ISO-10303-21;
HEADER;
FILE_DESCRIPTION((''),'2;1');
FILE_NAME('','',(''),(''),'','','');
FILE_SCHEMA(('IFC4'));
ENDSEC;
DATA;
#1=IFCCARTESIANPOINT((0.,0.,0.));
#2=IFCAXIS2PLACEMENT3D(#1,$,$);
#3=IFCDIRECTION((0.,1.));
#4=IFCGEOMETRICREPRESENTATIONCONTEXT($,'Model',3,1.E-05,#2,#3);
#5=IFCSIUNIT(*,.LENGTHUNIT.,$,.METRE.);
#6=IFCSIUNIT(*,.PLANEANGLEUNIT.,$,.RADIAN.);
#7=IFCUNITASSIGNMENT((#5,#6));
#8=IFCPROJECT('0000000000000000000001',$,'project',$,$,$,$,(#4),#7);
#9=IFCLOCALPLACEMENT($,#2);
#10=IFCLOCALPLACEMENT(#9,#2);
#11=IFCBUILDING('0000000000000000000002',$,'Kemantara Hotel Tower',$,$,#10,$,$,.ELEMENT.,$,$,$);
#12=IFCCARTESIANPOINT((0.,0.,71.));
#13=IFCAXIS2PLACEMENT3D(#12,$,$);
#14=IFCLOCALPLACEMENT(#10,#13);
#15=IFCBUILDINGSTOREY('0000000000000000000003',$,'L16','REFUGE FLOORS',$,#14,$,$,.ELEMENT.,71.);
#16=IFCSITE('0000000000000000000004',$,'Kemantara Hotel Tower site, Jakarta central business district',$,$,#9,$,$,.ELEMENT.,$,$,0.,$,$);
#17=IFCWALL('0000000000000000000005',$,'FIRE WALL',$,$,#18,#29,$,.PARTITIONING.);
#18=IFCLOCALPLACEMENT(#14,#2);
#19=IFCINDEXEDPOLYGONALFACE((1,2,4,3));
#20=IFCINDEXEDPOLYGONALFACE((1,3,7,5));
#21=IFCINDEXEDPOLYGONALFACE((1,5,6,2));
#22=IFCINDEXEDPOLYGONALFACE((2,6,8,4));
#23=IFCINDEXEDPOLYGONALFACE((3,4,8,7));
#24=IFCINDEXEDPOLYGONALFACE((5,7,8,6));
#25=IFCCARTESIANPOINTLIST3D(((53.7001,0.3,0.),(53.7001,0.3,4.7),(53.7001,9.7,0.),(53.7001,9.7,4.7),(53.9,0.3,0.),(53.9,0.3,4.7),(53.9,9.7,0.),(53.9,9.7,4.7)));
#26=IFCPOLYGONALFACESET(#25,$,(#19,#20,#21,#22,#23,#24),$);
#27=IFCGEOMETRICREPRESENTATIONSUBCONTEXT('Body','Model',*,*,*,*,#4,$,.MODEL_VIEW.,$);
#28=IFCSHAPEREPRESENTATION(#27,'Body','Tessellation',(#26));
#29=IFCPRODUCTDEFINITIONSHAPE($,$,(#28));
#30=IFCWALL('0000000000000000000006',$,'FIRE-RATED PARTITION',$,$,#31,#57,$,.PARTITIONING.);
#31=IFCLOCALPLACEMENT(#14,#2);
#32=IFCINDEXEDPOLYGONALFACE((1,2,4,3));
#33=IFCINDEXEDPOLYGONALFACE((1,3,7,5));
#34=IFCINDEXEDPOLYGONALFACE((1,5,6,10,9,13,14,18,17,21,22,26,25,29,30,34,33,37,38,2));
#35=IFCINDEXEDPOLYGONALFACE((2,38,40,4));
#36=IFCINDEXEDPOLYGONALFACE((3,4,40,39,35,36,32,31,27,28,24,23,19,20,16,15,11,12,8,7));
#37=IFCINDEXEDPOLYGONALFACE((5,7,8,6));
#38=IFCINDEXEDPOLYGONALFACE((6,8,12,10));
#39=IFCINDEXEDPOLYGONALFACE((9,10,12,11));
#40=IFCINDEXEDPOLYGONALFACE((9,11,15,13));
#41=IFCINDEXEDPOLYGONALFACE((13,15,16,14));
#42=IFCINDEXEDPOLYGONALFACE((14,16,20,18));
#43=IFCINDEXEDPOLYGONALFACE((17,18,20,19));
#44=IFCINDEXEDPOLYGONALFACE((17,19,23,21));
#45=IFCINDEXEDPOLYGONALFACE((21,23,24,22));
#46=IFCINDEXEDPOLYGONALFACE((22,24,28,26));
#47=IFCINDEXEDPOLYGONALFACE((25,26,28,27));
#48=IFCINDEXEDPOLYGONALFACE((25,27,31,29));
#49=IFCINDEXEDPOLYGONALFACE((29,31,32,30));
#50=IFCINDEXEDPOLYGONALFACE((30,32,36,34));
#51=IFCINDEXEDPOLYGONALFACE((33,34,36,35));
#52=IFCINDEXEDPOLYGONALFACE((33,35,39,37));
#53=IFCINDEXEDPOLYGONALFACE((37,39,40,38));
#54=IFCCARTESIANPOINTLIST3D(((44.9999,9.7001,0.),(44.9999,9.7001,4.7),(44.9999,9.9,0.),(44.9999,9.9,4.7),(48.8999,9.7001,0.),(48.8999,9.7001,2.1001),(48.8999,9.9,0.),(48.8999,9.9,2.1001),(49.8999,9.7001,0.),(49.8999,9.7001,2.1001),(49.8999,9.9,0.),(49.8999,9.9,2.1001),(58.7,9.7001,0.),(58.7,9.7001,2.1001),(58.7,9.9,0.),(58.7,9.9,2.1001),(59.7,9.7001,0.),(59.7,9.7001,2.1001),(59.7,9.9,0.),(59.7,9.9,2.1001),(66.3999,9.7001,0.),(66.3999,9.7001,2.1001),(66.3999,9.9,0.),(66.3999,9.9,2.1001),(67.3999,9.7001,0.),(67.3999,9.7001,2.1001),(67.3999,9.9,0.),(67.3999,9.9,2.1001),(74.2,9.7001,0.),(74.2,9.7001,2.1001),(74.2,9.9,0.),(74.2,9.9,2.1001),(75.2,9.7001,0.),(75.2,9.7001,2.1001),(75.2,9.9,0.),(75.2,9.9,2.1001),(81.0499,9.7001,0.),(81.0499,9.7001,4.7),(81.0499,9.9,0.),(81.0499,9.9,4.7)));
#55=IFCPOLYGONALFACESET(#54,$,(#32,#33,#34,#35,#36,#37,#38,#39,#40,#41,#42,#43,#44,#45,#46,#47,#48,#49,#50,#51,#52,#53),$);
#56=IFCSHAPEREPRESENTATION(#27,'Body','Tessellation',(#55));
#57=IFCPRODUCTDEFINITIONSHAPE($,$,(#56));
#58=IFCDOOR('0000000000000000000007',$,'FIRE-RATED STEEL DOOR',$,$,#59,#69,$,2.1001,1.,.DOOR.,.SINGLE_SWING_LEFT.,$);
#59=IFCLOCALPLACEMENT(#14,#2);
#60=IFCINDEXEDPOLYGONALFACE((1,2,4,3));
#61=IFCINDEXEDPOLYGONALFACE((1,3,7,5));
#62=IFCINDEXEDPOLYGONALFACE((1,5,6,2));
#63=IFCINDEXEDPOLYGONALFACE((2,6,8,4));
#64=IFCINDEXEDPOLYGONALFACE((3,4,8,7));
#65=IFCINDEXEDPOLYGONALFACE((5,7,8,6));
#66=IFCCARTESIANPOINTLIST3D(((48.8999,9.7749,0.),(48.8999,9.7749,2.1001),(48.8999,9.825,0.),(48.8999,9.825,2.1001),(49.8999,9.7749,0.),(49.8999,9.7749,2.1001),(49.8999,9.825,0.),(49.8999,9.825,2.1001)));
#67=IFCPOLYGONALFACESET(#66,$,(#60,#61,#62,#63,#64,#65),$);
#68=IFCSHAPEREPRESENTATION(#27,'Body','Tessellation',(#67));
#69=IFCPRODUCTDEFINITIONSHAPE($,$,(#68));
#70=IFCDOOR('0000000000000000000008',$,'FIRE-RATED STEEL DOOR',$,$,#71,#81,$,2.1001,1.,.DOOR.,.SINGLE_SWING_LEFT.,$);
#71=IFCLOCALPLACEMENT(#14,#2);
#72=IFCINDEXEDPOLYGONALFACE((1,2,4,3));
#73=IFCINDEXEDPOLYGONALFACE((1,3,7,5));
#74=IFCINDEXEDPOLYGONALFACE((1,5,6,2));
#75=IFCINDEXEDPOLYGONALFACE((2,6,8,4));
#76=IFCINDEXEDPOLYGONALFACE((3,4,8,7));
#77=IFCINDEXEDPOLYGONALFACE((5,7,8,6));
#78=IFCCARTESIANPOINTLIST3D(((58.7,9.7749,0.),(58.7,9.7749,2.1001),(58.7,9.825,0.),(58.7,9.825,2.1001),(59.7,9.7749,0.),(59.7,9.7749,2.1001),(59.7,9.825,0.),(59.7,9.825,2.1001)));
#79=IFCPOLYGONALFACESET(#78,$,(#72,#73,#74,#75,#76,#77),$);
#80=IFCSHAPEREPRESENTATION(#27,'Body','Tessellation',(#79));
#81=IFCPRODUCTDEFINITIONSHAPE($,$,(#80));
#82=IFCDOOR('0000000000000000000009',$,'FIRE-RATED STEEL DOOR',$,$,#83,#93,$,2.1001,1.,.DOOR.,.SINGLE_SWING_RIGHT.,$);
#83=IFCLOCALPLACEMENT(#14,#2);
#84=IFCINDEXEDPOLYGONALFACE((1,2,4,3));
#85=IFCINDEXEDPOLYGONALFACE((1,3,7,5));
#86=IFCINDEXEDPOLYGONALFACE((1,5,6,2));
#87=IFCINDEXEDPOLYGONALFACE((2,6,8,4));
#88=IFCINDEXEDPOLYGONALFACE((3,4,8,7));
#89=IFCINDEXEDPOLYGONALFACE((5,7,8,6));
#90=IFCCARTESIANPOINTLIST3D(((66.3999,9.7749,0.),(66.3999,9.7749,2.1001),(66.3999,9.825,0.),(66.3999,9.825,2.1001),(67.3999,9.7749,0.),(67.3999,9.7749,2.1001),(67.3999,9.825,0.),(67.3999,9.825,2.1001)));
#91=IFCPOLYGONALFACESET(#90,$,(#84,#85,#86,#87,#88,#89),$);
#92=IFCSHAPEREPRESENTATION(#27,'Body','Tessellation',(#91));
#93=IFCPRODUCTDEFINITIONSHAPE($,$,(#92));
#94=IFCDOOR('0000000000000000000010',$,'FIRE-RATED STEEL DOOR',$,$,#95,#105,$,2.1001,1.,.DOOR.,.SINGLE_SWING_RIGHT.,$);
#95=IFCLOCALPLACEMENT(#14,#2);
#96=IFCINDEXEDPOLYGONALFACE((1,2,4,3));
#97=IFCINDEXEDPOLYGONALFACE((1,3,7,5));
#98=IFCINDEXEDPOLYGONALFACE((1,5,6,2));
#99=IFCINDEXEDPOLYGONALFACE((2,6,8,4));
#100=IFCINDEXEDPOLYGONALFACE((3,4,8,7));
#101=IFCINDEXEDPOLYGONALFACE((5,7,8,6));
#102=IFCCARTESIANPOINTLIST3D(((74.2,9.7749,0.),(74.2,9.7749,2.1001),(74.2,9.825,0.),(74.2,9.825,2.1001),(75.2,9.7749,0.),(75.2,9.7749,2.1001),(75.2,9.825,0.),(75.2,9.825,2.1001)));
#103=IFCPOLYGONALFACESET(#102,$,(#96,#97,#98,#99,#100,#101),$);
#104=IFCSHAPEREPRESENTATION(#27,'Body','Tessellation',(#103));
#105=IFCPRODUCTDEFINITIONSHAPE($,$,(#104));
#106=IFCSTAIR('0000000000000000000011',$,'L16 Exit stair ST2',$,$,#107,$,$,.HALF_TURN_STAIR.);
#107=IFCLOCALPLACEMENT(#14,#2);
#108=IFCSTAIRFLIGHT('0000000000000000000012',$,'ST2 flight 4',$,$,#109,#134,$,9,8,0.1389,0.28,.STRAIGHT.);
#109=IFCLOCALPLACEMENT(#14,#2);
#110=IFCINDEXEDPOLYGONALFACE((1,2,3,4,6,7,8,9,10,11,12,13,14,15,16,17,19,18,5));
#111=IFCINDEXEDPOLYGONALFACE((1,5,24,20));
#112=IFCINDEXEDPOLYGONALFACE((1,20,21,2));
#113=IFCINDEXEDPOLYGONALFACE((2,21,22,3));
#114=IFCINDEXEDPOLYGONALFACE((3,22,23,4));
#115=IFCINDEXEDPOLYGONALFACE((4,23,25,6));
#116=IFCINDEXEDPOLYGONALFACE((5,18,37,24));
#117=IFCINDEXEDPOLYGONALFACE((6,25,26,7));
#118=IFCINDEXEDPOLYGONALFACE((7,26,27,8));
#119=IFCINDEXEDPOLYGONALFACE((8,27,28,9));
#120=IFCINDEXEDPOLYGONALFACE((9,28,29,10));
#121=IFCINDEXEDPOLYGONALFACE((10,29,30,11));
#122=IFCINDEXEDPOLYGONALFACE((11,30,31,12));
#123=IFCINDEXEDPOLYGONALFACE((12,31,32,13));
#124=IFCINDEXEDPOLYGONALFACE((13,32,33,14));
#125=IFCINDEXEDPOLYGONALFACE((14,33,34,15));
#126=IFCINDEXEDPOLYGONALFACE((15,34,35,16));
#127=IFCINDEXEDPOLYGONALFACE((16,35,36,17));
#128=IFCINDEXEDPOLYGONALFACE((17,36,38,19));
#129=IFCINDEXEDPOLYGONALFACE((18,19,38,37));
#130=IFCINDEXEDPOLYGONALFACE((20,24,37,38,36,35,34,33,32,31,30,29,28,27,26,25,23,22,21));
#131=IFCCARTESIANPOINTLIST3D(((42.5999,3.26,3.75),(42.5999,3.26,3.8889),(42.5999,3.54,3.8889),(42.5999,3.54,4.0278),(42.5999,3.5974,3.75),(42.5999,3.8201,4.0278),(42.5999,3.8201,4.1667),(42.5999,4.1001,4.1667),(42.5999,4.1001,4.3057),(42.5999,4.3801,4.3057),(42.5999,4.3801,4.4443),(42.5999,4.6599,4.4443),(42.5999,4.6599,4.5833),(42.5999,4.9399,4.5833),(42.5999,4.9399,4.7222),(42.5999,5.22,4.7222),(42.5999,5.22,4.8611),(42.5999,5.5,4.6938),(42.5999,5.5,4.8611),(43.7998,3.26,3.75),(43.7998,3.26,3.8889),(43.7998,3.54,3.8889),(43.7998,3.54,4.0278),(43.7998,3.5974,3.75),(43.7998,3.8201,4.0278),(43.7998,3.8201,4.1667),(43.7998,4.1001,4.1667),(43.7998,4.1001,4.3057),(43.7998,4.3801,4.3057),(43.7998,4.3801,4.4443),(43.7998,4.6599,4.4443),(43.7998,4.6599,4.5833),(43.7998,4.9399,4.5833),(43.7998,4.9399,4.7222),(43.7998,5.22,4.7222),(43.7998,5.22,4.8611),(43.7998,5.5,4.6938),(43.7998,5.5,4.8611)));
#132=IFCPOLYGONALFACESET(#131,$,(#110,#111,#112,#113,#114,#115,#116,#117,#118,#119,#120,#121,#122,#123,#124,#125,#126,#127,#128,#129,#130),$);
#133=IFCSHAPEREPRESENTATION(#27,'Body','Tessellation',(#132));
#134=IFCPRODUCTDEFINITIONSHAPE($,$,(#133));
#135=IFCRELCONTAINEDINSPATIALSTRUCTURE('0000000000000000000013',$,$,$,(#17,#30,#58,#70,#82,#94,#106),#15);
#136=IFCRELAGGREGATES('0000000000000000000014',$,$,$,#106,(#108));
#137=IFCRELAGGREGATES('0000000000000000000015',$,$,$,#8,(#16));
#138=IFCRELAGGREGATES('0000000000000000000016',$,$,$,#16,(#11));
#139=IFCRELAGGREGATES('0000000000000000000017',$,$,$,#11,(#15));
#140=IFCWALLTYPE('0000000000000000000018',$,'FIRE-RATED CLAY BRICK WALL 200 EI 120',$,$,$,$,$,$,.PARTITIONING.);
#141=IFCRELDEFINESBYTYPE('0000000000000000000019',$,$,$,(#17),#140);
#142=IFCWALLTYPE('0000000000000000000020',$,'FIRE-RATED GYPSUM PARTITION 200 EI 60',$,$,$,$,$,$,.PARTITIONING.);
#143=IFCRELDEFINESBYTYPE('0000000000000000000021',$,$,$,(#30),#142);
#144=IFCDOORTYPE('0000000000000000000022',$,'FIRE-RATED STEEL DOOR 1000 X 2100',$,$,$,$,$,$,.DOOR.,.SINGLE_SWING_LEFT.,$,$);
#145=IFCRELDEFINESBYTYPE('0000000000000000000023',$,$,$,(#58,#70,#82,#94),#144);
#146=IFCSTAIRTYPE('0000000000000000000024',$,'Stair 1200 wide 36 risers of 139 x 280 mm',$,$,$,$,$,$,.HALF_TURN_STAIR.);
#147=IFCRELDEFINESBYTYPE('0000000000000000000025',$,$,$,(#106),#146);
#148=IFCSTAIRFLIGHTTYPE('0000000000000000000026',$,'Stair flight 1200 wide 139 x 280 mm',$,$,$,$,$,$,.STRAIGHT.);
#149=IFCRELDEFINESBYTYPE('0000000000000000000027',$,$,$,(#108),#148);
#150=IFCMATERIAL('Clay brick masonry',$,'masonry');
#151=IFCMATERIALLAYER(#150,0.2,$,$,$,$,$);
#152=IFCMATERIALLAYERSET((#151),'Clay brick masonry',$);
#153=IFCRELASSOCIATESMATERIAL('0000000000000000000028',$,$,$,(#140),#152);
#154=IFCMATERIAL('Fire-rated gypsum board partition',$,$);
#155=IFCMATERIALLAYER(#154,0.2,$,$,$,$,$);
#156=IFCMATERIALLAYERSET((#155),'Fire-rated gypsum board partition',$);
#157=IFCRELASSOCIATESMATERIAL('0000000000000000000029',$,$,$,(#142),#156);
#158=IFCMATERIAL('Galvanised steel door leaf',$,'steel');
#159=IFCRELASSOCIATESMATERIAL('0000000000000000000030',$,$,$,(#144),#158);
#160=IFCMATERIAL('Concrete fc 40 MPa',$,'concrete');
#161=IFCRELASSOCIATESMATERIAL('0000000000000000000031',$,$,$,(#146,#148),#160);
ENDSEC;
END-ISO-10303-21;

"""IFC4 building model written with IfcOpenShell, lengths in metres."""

from ifc_helpers import new_model, si_unit, direction, frame, frame_2d, origin, place, context, subcontext, project, spatial, polyline, rectangle, outline, extrude, material, layer, layer_set, type_object, element, fill, aggregate, save


model = new_model("IFC4")

# Units and contexts
model_context = context("Model", 3, precision=1e-05, world=origin(), true_north=direction((0.0, 1.0)))
body_context = subcontext(model_context, "Body", "Model", "MODEL_VIEW")
ifc_project = project(units=[si_unit("LENGTHUNIT", "METRE"), si_unit("PLANEANGLEUNIT", "RADIAN")], contexts=[model_context])

# Site, building, storey
site_placement = place(None, origin())
site = spatial("IfcSite", under=ifc_project, at=site_placement, Name="Kemantara Hotel Tower site, Jakarta central business district", CompositionType="ELEMENT", RefElevation=0.0)
building_placement = place(site_placement, origin())
building = spatial("IfcBuilding", under=site, at=building_placement, Name="Kemantara Hotel Tower", CompositionType="ELEMENT")
storey_placement = place(building_placement, frame((0.0, 0.0, 71.0)))
storey = spatial("IfcBuildingStorey", under=building, at=storey_placement, Name="L16", Description="REFUGE FLOORS", CompositionType="ELEMENT", Elevation=71.0)

# Wall
ifc_material_1 = material(Name="Clay brick masonry", Category="masonry")
ifc_layer_1 = layer(ifc_material_1, 0.2)
ifc_layer_set_1 = layer_set([ifc_layer_1], Name="Clay brick masonry")
wall_type_1 = type_object("IfcWallType", Name="FIRE-RATED CLAY BRICK WALL 200 EI 120", PredefinedType="PARTITIONING", material=ifc_layer_set_1)
wall_1_placement = place(storey_placement, frame((53.8, 0.3, 0.0), z_axis=(0.0, 0.0, 1.0), x_axis=(0.0, 1.0, 0.0)))
element("IfcWall", 1, at=wall_1_placement, inside=storey, type_object=wall_type_1, Name="FIRE WALL", PredefinedType="PARTITIONING", context=body_context, shape_type="SweptSolid", body=[
    extrude(rectangle(XDim=9.3999, YDim=0.2, at=frame_2d((4.7, 0.0))), origin(), (0.0, 0.0, 1.0), 4.7),
])

# Wall, openings, doors
ifc_material_2 = material(Name="Fire-rated gypsum board partition")
ifc_layer_2 = layer(ifc_material_2, 0.2)
ifc_layer_set_2 = layer_set([ifc_layer_2], Name="Fire-rated gypsum board partition")
wall_type_2 = type_object("IfcWallType", Name="FIRE-RATED GYPSUM PARTITION 200 EI 60", PredefinedType="PARTITIONING", material=ifc_layer_set_2)
wall_2_placement = place(storey_placement, frame((45.0, 9.8, 0.0), z_axis=(0.0, 0.0, 1.0), x_axis=(1.0, 0.0, 0.0)))
wall_2 = element("IfcWall", 2, at=wall_2_placement, inside=storey, type_object=wall_type_2, Name="FIRE-RATED PARTITION", PredefinedType="PARTITIONING", context=body_context, shape_type="SweptSolid", body=[
    extrude(rectangle(XDim=36.05, YDim=0.2, at=frame_2d((18.0249, 0.0))), origin(), (0.0, 0.0, 1.0), 4.7),
])
opening_1_placement = place(wall_2_placement, frame((3.8999, 0.0, 0.0)))
opening_1 = element("IfcOpeningElement", 3, at=opening_1_placement, cuts=wall_2, PredefinedType="OPENING", context=body_context, shape_type="SweptSolid", body=[
    extrude(rectangle(XDim=1.0, YDim=2.1001, at=frame_2d((0.5, 1.05))), frame((0.0, 0.1099, 0.0), z_axis=(0.0, -1.0, 0.0), x_axis=(1.0, 0.0, 0.0)), (0.0, 0.0, 1.0), 0.22),
])
opening_2_placement = place(wall_2_placement, frame((13.7, 0.0, 0.0)))
opening_2 = element("IfcOpeningElement", 4, at=opening_2_placement, cuts=wall_2, PredefinedType="OPENING", context=body_context, shape_type="SweptSolid", body=[
    extrude(rectangle(XDim=1.0, YDim=2.1001, at=frame_2d((0.5, 1.05))), frame((0.0, 0.1099, 0.0), z_axis=(0.0, -1.0, 0.0), x_axis=(1.0, 0.0, 0.0)), (0.0, 0.0, 1.0), 0.22),
])
opening_3_placement = place(wall_2_placement, frame((21.3999, 0.0, 0.0)))
opening_3 = element("IfcOpeningElement", 5, at=opening_3_placement, cuts=wall_2, PredefinedType="OPENING", context=body_context, shape_type="SweptSolid", body=[
    extrude(rectangle(XDim=1.0, YDim=2.1001, at=frame_2d((0.5, 1.05))), frame((0.0, 0.1099, 0.0), z_axis=(0.0, -1.0, 0.0), x_axis=(1.0, 0.0, 0.0)), (0.0, 0.0, 1.0), 0.22),
])
opening_4_placement = place(wall_2_placement, frame((29.2, 0.0, 0.0)))
opening_4 = element("IfcOpeningElement", 6, at=opening_4_placement, cuts=wall_2, PredefinedType="OPENING", context=body_context, shape_type="SweptSolid", body=[
    extrude(rectangle(XDim=1.0, YDim=2.1001, at=frame_2d((0.5, 1.05))), frame((0.0, 0.1099, 0.0), z_axis=(0.0, -1.0, 0.0), x_axis=(1.0, 0.0, 0.0)), (0.0, 0.0, 1.0), 0.22),
])
ifc_material_3 = material(Name="Galvanised steel door leaf", Category="steel")
door_type = type_object("IfcDoorType", Name="FIRE-RATED STEEL DOOR 1000 X 2100", OperationType="SINGLE_SWING_LEFT", PredefinedType="DOOR", material=ifc_material_3)
door_1_placement = place(opening_1_placement, origin())
door_1 = element("IfcDoor", 7, at=door_1_placement, inside=storey, type_object=door_type, Name="FIRE-RATED STEEL DOOR", OperationType="SINGLE_SWING_LEFT", OverallHeight=2.1001, OverallWidth=1.0, PredefinedType="DOOR", context=body_context, shape_type="SweptSolid", body=[
    extrude(rectangle(XDim=1.0, YDim=2.1001, at=frame_2d((0.5, 1.05))), frame((0.0, 0.0249, 0.0), z_axis=(0.0, -1.0, 0.0), x_axis=(1.0, 0.0, 0.0)), (0.0, 0.0, 1.0), 0.05),
])
fill(opening_1, door_1)
door_2_placement = place(opening_2_placement, origin())
door_2 = element("IfcDoor", 8, at=door_2_placement, inside=storey, type_object=door_type, Name="FIRE-RATED STEEL DOOR", OperationType="SINGLE_SWING_LEFT", OverallHeight=2.1001, OverallWidth=1.0, PredefinedType="DOOR", context=body_context, shape_type="SweptSolid", body=[
    extrude(rectangle(XDim=1.0, YDim=2.1001, at=frame_2d((0.5, 1.05))), frame((0.0, 0.0249, 0.0), z_axis=(0.0, -1.0, 0.0), x_axis=(1.0, 0.0, 0.0)), (0.0, 0.0, 1.0), 0.05),
])
fill(opening_2, door_2)
door_3_placement = place(opening_3_placement, origin())
door_3 = element("IfcDoor", 9, at=door_3_placement, inside=storey, type_object=door_type, Name="FIRE-RATED STEEL DOOR", OperationType="SINGLE_SWING_RIGHT", OverallHeight=2.1001, OverallWidth=1.0, PredefinedType="DOOR", context=body_context, shape_type="SweptSolid", body=[
    extrude(rectangle(XDim=1.0, YDim=2.1001, at=frame_2d((0.5, 1.05))), frame((0.0, 0.0249, 0.0), z_axis=(0.0, -1.0, 0.0), x_axis=(1.0, 0.0, 0.0)), (0.0, 0.0, 1.0), 0.05),
])
fill(opening_3, door_3)
door_4_placement = place(opening_4_placement, origin())
door_4 = element("IfcDoor", 10, at=door_4_placement, inside=storey, type_object=door_type, Name="FIRE-RATED STEEL DOOR", OperationType="SINGLE_SWING_RIGHT", OverallHeight=2.1001, OverallWidth=1.0, PredefinedType="DOOR", context=body_context, shape_type="SweptSolid", body=[
    extrude(rectangle(XDim=1.0, YDim=2.1001, at=frame_2d((0.5, 1.05))), frame((0.0, 0.0249, 0.0), z_axis=(0.0, -1.0, 0.0), x_axis=(1.0, 0.0, 0.0)), (0.0, 0.0, 1.0), 0.05),
])
fill(opening_4, door_4)

# Stair, stair flight
ifc_material_4 = material(Name="Concrete fc 40 MPa", Category="concrete")
stair_type = type_object("IfcStairType", Name="Stair 1200 wide 36 risers of 139 x 280 mm", PredefinedType="HALF_TURN_STAIR", material=ifc_material_4)
stair_placement = place(storey_placement, origin())
stair = element("IfcStair", 11, at=stair_placement, inside=storey, type_object=stair_type, Name="L16 Exit stair ST2", PredefinedType="HALF_TURN_STAIR")
stair_flight_type = type_object("IfcStairFlightType", Name="Stair flight 1200 wide 139 x 280 mm", PredefinedType="STRAIGHT", material=ifc_material_4)
stair_flight_placement = place(storey_placement, frame((43.2, 3.26, 3.75), z_axis=(0.0, 0.0, 1.0), x_axis=(0.0, 1.0, 0.0)))
stair_flight = element("IfcStairFlight", 12, at=stair_flight_placement, type_object=stair_flight_type, Name="ST2 flight 4", NumberOfRisers=9, NumberOfTreads=8, PredefinedType="STRAIGHT", RiserHeight=0.1389, TreadLength=0.28, context=body_context, shape_type="SweptSolid", body=[
    extrude(outline(polyline([(0.0, 0.0), (0.0, 0.1389), (0.28, 0.1389), (0.28, 0.2778), (0.5601, 0.2778), (0.5601, 0.4167), (0.8401, 0.4167), (0.8401, 0.5557), (1.1201, 0.5557), (1.1201, 0.6943), (1.3999, 0.6943), (1.3999, 0.8333), (1.6799, 0.8333), (1.6799, 0.9722), (1.96, 0.9722), (1.96, 1.1111), (2.24, 1.1111), (2.24, 1.25), (2.24, 0.9438), (0.3374, 0.0), (0.0, 0.0)])), frame((0.0, 0.6001, 0.0), z_axis=(0.0, -1.0, 0.0), x_axis=(1.0, 0.0, 0.0)), (0.0, 0.0, 1.0), 1.2),
])
aggregate(stair, [stair_flight])

save(model, "model.ifc")
